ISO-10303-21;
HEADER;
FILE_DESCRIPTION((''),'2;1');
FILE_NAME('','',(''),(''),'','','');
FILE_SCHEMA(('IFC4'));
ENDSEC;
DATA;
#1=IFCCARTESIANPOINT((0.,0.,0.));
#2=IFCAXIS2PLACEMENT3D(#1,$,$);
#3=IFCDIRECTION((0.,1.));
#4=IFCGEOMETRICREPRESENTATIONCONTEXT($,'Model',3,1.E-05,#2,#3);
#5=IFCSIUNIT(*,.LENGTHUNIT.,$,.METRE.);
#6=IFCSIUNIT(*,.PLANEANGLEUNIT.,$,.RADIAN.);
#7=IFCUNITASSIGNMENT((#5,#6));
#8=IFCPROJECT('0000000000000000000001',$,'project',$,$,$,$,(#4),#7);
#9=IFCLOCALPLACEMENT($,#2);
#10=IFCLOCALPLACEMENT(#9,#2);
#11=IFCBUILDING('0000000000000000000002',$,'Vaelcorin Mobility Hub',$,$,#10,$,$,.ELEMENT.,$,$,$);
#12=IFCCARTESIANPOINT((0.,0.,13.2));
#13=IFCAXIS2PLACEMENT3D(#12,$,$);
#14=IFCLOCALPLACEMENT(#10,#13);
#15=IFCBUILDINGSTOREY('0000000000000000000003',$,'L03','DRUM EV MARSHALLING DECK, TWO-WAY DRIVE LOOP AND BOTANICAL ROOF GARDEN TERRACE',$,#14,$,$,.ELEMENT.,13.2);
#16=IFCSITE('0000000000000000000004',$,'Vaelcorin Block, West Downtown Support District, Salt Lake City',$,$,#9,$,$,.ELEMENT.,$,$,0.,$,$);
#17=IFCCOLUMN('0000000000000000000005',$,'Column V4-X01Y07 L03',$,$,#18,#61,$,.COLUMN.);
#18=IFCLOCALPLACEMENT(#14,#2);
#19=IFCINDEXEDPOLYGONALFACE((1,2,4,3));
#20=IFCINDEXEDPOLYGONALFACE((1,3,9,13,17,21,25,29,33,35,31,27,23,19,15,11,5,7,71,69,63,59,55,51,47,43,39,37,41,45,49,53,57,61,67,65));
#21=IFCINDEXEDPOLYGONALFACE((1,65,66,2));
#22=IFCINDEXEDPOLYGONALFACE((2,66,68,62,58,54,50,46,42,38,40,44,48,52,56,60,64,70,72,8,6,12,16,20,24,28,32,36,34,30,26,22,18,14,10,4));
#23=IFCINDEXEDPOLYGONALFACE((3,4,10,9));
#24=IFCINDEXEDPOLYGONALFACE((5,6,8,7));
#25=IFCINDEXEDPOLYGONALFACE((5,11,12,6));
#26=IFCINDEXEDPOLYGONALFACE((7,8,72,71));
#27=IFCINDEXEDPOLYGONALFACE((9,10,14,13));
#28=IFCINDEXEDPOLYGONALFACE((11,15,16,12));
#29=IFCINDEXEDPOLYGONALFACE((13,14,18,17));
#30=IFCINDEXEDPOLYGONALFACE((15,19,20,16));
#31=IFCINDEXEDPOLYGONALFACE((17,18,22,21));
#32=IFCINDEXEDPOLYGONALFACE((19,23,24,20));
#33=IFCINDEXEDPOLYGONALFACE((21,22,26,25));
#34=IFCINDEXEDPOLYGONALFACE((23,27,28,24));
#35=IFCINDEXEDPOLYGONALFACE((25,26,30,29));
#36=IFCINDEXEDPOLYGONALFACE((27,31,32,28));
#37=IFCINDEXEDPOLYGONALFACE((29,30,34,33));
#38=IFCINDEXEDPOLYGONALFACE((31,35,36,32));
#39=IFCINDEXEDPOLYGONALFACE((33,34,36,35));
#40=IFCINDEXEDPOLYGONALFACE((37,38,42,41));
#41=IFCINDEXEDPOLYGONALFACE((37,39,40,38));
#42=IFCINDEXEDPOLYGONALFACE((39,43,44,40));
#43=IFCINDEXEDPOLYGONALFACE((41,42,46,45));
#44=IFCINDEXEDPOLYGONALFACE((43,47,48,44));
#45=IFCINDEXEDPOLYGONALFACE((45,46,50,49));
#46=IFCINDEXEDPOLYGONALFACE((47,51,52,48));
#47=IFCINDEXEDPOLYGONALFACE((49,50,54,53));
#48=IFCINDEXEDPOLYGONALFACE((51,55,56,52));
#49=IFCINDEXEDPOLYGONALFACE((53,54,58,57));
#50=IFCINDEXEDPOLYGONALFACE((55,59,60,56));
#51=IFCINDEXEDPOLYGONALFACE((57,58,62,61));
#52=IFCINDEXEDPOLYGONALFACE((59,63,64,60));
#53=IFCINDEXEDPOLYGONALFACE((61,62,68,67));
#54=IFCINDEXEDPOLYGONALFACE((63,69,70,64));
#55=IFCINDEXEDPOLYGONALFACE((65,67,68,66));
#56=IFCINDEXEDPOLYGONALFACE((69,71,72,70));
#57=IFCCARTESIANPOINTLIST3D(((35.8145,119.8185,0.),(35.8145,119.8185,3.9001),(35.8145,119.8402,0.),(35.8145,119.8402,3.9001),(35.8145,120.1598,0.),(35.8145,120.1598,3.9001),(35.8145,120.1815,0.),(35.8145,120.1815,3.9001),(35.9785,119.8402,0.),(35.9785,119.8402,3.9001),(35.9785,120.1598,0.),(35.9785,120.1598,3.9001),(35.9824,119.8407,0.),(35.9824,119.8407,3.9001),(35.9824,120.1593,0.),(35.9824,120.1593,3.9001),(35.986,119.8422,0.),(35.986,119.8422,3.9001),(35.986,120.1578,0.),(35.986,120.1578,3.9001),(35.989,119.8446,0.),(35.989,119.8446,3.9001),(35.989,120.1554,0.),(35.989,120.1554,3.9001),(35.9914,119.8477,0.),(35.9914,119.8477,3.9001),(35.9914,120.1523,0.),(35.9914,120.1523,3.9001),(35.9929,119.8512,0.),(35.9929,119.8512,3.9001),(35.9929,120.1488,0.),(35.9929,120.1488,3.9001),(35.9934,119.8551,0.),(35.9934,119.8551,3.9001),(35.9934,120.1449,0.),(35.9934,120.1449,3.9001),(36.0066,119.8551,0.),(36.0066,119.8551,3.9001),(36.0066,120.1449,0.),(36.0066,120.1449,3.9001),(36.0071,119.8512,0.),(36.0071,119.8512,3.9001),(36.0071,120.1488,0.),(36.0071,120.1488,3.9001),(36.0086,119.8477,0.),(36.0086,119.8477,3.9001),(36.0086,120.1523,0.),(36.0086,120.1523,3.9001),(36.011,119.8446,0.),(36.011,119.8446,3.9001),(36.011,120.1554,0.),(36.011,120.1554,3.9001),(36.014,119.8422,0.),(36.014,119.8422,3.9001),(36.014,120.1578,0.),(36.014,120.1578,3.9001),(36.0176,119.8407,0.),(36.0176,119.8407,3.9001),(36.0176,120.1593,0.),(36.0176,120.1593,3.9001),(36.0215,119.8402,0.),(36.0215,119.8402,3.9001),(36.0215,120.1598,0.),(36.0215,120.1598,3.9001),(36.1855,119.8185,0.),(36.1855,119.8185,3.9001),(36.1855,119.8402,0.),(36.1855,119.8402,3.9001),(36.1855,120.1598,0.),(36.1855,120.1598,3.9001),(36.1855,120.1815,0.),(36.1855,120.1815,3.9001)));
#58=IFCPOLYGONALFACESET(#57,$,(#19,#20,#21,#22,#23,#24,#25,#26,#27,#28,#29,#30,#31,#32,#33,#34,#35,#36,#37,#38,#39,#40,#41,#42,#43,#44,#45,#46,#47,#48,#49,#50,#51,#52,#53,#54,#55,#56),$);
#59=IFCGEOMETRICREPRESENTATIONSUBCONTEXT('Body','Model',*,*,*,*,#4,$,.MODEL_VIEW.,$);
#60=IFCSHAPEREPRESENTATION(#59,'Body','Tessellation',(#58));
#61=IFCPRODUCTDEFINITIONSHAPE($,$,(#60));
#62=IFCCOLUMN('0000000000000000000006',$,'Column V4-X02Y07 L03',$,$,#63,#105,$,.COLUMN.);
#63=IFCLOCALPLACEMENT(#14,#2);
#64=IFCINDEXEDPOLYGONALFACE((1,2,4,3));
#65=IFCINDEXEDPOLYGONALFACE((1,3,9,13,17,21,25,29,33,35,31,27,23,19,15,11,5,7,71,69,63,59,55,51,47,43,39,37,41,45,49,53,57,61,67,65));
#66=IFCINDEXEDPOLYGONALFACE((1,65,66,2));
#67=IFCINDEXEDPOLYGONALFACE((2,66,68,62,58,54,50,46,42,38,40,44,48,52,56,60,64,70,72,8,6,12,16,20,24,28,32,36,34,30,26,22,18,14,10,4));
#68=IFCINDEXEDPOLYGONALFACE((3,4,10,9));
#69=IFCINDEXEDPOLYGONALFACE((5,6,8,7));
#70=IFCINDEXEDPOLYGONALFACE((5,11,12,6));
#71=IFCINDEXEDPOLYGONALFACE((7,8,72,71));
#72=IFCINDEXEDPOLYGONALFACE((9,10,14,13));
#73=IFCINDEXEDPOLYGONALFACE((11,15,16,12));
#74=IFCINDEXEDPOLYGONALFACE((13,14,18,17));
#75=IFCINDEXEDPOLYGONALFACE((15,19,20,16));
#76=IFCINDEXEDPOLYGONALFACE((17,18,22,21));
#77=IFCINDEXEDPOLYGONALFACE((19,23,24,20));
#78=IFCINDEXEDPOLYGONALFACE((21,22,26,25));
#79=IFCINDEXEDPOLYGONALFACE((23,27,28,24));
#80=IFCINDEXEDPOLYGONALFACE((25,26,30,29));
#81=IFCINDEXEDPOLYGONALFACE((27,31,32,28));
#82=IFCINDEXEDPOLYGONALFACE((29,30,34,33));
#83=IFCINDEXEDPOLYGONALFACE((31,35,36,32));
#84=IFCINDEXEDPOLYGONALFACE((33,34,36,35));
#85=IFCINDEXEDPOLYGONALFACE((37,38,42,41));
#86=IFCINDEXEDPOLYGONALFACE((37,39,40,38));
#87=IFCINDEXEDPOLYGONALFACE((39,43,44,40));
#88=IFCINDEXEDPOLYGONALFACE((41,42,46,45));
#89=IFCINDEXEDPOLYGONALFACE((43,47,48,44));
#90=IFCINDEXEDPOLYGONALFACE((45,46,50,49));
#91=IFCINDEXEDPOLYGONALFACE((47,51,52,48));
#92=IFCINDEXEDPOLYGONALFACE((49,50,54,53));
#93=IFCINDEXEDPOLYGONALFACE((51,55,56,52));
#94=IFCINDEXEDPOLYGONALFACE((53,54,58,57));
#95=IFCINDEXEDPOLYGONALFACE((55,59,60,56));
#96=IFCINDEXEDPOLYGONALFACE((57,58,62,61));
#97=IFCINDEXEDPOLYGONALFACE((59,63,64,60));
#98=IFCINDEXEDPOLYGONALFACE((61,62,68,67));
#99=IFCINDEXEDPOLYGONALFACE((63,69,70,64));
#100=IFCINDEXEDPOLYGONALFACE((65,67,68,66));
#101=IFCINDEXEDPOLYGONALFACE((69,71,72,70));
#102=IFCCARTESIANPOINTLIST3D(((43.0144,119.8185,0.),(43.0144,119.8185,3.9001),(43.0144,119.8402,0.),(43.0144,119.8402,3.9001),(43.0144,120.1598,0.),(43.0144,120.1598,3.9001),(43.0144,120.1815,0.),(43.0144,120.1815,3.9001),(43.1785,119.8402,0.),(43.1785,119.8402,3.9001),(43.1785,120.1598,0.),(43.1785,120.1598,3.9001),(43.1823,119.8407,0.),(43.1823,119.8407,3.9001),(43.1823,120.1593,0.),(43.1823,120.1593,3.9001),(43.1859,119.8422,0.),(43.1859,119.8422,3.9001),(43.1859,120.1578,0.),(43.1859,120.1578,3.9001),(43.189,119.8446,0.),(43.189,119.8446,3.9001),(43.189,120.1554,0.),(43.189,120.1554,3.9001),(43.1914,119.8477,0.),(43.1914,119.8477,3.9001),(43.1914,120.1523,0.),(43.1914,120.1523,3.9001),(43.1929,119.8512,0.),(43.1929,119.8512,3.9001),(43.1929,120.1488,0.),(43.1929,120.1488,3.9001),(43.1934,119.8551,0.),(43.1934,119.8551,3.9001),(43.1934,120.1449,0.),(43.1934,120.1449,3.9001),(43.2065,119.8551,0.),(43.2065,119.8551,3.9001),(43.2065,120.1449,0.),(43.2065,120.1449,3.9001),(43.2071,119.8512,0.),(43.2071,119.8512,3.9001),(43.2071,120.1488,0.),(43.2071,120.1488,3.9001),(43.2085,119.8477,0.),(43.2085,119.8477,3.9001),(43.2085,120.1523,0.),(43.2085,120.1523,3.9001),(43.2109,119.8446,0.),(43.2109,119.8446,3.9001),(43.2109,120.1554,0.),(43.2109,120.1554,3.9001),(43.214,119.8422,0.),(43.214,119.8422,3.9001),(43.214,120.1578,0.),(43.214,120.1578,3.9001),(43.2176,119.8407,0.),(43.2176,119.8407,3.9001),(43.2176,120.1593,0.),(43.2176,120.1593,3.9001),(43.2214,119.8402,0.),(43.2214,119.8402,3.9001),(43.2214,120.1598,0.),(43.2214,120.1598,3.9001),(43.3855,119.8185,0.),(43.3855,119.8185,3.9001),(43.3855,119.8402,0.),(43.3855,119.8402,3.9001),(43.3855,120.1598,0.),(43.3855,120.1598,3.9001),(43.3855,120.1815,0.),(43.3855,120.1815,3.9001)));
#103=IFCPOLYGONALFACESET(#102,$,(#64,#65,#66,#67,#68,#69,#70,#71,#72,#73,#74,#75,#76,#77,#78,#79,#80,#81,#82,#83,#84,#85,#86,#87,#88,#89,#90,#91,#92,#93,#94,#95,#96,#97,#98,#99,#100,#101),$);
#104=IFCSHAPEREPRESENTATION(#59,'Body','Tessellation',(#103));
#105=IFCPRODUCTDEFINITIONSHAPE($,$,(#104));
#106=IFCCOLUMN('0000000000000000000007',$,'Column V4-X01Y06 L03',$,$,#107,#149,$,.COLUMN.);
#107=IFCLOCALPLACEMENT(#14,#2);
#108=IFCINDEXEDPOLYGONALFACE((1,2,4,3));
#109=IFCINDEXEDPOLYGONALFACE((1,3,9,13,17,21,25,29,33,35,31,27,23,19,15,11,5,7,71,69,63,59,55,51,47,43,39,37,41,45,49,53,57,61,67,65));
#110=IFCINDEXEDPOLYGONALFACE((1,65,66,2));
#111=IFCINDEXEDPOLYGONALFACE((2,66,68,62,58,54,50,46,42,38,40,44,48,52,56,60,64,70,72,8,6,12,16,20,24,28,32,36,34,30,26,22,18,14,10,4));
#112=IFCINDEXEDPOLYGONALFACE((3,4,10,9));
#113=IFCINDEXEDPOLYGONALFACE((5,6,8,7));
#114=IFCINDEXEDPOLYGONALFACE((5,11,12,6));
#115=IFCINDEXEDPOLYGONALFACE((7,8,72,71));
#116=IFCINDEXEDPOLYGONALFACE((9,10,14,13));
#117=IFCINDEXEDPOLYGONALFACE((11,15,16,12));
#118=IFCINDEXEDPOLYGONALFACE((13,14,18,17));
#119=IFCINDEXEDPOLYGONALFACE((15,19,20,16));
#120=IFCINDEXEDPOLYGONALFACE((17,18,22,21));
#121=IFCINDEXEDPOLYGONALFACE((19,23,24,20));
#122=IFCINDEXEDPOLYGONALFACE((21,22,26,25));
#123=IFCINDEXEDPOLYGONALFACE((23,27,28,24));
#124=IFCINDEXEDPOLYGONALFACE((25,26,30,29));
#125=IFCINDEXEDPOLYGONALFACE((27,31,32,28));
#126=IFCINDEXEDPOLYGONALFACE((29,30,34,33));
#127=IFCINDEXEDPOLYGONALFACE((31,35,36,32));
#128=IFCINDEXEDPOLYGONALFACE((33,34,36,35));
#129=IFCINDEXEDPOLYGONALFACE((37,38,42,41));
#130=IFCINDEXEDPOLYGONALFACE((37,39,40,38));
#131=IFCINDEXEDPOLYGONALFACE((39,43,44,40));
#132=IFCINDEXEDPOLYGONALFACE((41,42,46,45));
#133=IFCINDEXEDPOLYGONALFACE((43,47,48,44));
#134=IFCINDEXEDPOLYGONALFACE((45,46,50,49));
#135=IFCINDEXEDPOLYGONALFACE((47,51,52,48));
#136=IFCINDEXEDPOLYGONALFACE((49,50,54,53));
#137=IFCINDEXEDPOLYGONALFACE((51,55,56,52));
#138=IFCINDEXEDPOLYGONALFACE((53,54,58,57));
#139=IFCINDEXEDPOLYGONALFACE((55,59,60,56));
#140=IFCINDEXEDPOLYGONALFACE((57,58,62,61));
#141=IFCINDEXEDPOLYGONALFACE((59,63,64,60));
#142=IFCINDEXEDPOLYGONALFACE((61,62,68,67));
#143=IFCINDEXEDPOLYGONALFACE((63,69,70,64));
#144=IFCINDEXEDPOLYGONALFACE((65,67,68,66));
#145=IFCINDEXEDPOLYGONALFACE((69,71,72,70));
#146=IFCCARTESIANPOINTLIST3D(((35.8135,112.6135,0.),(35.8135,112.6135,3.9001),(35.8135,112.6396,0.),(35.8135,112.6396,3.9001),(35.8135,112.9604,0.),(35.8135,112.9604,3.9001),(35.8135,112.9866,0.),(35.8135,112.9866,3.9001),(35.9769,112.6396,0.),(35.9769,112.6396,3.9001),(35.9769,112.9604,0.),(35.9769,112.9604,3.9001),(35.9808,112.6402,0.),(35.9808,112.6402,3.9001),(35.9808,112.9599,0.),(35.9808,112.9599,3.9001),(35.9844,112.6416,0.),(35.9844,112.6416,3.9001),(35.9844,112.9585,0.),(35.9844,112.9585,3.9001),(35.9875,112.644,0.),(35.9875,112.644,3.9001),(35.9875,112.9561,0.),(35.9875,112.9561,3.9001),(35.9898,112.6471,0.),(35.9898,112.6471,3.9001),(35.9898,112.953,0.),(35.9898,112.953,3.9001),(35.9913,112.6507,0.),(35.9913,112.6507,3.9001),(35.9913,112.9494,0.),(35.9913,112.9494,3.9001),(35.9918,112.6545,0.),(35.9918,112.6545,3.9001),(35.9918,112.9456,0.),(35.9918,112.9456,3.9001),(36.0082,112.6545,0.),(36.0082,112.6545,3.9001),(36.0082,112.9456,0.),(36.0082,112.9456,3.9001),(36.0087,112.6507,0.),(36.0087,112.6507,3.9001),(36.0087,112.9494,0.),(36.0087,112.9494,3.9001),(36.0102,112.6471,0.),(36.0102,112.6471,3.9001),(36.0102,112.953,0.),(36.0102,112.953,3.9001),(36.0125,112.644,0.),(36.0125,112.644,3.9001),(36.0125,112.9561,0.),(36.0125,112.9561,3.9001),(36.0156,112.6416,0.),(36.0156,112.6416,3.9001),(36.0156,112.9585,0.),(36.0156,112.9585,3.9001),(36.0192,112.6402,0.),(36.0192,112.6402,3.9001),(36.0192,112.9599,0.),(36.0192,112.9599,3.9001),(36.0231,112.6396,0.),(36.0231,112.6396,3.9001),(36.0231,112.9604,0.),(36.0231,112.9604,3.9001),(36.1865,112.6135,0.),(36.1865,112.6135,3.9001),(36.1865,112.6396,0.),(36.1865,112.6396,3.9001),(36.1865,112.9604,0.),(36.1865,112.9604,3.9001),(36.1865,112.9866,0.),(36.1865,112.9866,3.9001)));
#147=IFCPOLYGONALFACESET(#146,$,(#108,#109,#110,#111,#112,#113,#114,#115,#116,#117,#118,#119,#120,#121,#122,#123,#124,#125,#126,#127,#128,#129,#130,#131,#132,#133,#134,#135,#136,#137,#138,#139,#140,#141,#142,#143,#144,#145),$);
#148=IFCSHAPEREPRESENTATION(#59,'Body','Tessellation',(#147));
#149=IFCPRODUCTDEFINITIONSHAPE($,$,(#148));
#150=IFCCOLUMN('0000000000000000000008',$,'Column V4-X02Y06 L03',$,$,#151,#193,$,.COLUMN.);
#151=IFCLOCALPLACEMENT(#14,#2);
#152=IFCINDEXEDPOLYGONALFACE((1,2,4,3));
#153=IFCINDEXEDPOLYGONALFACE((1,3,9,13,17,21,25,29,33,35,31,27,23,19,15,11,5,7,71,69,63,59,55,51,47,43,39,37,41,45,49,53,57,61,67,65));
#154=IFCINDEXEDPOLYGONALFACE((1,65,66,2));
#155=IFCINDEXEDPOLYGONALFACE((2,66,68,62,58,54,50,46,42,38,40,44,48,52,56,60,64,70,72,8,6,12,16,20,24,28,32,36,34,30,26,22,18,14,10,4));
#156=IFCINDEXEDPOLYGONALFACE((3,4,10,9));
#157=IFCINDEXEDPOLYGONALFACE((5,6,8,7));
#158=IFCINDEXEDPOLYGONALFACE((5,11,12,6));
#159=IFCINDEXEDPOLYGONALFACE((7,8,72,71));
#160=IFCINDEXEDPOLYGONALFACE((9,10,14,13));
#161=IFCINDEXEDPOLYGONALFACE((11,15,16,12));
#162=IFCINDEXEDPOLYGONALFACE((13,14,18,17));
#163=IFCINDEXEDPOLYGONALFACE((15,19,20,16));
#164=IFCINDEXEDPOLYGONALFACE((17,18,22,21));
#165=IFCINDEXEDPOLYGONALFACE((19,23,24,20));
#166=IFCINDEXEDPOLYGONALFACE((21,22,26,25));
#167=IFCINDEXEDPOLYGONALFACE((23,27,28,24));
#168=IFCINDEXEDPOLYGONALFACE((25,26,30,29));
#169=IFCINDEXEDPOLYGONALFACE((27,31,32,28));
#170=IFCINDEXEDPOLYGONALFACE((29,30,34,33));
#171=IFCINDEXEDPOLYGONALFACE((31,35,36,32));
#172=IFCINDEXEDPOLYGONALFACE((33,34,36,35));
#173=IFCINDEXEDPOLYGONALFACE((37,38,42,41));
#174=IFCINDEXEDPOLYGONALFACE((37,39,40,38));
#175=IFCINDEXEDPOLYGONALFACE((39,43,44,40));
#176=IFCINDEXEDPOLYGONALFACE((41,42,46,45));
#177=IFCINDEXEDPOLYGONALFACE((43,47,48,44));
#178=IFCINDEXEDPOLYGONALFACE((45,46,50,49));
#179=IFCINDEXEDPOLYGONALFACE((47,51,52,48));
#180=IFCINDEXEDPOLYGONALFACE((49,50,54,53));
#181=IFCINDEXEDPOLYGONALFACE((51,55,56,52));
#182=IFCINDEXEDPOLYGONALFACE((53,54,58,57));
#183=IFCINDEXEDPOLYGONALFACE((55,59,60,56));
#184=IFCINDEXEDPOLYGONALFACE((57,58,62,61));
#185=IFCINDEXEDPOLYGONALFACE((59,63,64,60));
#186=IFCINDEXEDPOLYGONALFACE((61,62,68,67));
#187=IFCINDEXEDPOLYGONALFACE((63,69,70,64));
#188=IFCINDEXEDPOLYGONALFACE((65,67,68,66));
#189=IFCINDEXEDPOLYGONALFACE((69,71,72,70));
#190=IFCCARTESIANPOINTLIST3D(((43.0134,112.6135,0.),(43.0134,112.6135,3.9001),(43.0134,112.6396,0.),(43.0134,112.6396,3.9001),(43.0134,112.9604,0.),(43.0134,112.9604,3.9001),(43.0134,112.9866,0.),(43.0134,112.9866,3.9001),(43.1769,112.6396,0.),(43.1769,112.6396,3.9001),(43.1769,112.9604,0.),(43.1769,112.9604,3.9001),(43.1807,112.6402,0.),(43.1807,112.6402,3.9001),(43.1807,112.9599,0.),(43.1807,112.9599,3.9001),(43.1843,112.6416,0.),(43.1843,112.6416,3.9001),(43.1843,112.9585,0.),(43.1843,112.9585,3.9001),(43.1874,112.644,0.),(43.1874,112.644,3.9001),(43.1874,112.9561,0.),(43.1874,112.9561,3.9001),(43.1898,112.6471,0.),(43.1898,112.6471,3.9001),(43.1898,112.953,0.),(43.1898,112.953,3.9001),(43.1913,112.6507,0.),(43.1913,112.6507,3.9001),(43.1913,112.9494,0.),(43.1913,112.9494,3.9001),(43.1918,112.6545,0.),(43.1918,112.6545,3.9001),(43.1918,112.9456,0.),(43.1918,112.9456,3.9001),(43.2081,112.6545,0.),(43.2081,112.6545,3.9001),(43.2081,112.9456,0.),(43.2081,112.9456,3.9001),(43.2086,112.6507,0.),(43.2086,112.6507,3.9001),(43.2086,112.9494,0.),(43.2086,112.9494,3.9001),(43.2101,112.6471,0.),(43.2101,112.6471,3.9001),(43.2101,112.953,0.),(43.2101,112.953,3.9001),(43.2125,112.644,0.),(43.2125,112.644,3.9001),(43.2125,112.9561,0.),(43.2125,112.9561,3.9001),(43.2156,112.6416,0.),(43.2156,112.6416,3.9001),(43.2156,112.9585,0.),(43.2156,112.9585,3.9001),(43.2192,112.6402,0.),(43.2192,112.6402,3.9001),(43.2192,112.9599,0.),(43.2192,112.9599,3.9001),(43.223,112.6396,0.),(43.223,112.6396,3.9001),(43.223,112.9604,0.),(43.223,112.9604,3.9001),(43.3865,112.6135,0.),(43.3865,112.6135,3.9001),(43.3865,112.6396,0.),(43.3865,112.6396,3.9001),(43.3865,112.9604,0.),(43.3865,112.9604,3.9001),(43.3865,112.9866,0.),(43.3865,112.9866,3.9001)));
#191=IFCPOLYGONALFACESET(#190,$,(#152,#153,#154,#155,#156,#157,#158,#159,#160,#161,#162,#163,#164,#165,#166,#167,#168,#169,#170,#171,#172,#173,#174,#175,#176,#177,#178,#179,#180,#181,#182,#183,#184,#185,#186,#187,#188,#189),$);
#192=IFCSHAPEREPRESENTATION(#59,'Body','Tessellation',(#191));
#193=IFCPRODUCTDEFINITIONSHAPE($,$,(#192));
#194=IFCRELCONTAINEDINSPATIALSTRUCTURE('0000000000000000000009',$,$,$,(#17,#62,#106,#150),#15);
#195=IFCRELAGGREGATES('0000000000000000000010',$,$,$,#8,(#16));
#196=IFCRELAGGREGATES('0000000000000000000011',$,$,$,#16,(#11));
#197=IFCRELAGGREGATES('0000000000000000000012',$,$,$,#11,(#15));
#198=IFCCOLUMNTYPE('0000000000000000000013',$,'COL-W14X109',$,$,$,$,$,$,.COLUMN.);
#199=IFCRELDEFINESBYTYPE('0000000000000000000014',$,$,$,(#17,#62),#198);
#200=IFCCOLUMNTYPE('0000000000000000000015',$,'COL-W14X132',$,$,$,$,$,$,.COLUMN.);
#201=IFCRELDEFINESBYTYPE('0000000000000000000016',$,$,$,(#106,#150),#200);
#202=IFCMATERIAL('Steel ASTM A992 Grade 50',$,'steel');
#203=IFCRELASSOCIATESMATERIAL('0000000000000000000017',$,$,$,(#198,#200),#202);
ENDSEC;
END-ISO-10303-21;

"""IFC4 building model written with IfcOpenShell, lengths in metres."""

from ifc_helpers import new_model, si_unit, direction, frame, origin, origin_2d, place, context, subcontext, project, spatial, i_section, extrude, material, material_profile, profile_set, type_object, element, save


model = new_model("IFC4")

# Units and contexts
model_context = context("Model", 3, precision=1e-05, world=origin(), true_north=direction((0.0, 1.0)))
body_context = subcontext(model_context, "Body", "Model", "MODEL_VIEW")
ifc_project = project(units=[si_unit("LENGTHUNIT", "METRE"), si_unit("PLANEANGLEUNIT", "RADIAN")], contexts=[model_context])

# Site, building, storey
site_placement = place(None, origin())
site = spatial("IfcSite", under=ifc_project, at=site_placement, Name="Vaelcorin Block, West Downtown Support District, Salt Lake City", CompositionType="ELEMENT", RefElevation=0.0)
building_placement = place(site_placement, origin())
building = spatial("IfcBuilding", under=site, at=building_placement, Name="Vaelcorin Mobility Hub", CompositionType="ELEMENT")
storey_placement = place(building_placement, frame((0.0, 0.0, 13.2)))
storey = spatial("IfcBuildingStorey", under=building, at=storey_placement, Name="L03", Description="DRUM EV MARSHALLING DECK, TWO-WAY DRIVE LOOP AND BOTANICAL ROOF GARDEN TERRACE", CompositionType="ELEMENT", Elevation=13.2)

# Columns
ifc_material_1 = material(Name="Steel ASTM A992 Grade 50", Category="steel")
ifc_material_profile_1 = material_profile(ifc_material_1, i_section(OverallWidth=0.3711, OverallDepth=0.363, WebThickness=0.0132, FlangeThickness=0.0217, FilletRadius=0.0149, at=origin_2d()), Name="W14X109")
ifc_profile_set_1 = profile_set([ifc_material_profile_1], Name="Steel ASTM A992 Grade 50")
column_type_1 = type_object("IfcColumnType", Name="COL-W14X109", PredefinedType="COLUMN", material=ifc_profile_set_1)
for number, where, z_axis, x_axis, name in (
    (1, (36.0, 120.0, 0.0), (0.0, 0.0, 1.0), (1.0, 0.0, 0.0), "Column V4-X01Y07 L03"),
    (2, (43.2, 120.0, 0.0), (0.0, 0.0, 1.0), (1.0, 0.0, 0.0), "Column V4-X02Y07 L03"),
):
    element("IfcColumn", number, at=place(storey_placement, frame(where, z_axis=z_axis, x_axis=x_axis)), inside=storey, type_object=column_type_1, Name=name, PredefinedType="COLUMN", context=body_context, shape_type="SweptSolid", body=[
        extrude(i_section(OverallWidth=0.3711, OverallDepth=0.363, WebThickness=0.0132, FlangeThickness=0.0217, FilletRadius=0.0149, at=origin_2d()), origin(), (0.0, 0.0, 1.0), 3.9001),
    ])
ifc_material_profile_2 = material_profile(ifc_material_1, i_section(OverallWidth=0.373, OverallDepth=0.373, WebThickness=0.0164, FlangeThickness=0.0261, FilletRadius=0.0149, at=origin_2d()), Name="W14X132")
ifc_profile_set_2 = profile_set([ifc_material_profile_2], Name="Steel ASTM A992 Grade 50")
column_type_2 = type_object("IfcColumnType", Name="COL-W14X132", PredefinedType="COLUMN", material=ifc_profile_set_2)
for number, where, z_axis, x_axis, name in (
    (3, (36.0, 112.8, 0.0), (0.0, 0.0, 1.0), (1.0, 0.0, 0.0), "Column V4-X01Y06 L03"),
    (4, (43.2, 112.8, 0.0), (0.0, 0.0, 1.0), (1.0, 0.0, 0.0), "Column V4-X02Y06 L03"),
):
    element("IfcColumn", number, at=place(storey_placement, frame(where, z_axis=z_axis, x_axis=x_axis)), inside=storey, type_object=column_type_2, Name=name, PredefinedType="COLUMN", context=body_context, shape_type="SweptSolid", body=[
        extrude(i_section(OverallWidth=0.373, OverallDepth=0.373, WebThickness=0.0164, FlangeThickness=0.0261, FilletRadius=0.0149, at=origin_2d()), origin(), (0.0, 0.0, 1.0), 3.9001),
    ])

save(model, "model.ifc")
